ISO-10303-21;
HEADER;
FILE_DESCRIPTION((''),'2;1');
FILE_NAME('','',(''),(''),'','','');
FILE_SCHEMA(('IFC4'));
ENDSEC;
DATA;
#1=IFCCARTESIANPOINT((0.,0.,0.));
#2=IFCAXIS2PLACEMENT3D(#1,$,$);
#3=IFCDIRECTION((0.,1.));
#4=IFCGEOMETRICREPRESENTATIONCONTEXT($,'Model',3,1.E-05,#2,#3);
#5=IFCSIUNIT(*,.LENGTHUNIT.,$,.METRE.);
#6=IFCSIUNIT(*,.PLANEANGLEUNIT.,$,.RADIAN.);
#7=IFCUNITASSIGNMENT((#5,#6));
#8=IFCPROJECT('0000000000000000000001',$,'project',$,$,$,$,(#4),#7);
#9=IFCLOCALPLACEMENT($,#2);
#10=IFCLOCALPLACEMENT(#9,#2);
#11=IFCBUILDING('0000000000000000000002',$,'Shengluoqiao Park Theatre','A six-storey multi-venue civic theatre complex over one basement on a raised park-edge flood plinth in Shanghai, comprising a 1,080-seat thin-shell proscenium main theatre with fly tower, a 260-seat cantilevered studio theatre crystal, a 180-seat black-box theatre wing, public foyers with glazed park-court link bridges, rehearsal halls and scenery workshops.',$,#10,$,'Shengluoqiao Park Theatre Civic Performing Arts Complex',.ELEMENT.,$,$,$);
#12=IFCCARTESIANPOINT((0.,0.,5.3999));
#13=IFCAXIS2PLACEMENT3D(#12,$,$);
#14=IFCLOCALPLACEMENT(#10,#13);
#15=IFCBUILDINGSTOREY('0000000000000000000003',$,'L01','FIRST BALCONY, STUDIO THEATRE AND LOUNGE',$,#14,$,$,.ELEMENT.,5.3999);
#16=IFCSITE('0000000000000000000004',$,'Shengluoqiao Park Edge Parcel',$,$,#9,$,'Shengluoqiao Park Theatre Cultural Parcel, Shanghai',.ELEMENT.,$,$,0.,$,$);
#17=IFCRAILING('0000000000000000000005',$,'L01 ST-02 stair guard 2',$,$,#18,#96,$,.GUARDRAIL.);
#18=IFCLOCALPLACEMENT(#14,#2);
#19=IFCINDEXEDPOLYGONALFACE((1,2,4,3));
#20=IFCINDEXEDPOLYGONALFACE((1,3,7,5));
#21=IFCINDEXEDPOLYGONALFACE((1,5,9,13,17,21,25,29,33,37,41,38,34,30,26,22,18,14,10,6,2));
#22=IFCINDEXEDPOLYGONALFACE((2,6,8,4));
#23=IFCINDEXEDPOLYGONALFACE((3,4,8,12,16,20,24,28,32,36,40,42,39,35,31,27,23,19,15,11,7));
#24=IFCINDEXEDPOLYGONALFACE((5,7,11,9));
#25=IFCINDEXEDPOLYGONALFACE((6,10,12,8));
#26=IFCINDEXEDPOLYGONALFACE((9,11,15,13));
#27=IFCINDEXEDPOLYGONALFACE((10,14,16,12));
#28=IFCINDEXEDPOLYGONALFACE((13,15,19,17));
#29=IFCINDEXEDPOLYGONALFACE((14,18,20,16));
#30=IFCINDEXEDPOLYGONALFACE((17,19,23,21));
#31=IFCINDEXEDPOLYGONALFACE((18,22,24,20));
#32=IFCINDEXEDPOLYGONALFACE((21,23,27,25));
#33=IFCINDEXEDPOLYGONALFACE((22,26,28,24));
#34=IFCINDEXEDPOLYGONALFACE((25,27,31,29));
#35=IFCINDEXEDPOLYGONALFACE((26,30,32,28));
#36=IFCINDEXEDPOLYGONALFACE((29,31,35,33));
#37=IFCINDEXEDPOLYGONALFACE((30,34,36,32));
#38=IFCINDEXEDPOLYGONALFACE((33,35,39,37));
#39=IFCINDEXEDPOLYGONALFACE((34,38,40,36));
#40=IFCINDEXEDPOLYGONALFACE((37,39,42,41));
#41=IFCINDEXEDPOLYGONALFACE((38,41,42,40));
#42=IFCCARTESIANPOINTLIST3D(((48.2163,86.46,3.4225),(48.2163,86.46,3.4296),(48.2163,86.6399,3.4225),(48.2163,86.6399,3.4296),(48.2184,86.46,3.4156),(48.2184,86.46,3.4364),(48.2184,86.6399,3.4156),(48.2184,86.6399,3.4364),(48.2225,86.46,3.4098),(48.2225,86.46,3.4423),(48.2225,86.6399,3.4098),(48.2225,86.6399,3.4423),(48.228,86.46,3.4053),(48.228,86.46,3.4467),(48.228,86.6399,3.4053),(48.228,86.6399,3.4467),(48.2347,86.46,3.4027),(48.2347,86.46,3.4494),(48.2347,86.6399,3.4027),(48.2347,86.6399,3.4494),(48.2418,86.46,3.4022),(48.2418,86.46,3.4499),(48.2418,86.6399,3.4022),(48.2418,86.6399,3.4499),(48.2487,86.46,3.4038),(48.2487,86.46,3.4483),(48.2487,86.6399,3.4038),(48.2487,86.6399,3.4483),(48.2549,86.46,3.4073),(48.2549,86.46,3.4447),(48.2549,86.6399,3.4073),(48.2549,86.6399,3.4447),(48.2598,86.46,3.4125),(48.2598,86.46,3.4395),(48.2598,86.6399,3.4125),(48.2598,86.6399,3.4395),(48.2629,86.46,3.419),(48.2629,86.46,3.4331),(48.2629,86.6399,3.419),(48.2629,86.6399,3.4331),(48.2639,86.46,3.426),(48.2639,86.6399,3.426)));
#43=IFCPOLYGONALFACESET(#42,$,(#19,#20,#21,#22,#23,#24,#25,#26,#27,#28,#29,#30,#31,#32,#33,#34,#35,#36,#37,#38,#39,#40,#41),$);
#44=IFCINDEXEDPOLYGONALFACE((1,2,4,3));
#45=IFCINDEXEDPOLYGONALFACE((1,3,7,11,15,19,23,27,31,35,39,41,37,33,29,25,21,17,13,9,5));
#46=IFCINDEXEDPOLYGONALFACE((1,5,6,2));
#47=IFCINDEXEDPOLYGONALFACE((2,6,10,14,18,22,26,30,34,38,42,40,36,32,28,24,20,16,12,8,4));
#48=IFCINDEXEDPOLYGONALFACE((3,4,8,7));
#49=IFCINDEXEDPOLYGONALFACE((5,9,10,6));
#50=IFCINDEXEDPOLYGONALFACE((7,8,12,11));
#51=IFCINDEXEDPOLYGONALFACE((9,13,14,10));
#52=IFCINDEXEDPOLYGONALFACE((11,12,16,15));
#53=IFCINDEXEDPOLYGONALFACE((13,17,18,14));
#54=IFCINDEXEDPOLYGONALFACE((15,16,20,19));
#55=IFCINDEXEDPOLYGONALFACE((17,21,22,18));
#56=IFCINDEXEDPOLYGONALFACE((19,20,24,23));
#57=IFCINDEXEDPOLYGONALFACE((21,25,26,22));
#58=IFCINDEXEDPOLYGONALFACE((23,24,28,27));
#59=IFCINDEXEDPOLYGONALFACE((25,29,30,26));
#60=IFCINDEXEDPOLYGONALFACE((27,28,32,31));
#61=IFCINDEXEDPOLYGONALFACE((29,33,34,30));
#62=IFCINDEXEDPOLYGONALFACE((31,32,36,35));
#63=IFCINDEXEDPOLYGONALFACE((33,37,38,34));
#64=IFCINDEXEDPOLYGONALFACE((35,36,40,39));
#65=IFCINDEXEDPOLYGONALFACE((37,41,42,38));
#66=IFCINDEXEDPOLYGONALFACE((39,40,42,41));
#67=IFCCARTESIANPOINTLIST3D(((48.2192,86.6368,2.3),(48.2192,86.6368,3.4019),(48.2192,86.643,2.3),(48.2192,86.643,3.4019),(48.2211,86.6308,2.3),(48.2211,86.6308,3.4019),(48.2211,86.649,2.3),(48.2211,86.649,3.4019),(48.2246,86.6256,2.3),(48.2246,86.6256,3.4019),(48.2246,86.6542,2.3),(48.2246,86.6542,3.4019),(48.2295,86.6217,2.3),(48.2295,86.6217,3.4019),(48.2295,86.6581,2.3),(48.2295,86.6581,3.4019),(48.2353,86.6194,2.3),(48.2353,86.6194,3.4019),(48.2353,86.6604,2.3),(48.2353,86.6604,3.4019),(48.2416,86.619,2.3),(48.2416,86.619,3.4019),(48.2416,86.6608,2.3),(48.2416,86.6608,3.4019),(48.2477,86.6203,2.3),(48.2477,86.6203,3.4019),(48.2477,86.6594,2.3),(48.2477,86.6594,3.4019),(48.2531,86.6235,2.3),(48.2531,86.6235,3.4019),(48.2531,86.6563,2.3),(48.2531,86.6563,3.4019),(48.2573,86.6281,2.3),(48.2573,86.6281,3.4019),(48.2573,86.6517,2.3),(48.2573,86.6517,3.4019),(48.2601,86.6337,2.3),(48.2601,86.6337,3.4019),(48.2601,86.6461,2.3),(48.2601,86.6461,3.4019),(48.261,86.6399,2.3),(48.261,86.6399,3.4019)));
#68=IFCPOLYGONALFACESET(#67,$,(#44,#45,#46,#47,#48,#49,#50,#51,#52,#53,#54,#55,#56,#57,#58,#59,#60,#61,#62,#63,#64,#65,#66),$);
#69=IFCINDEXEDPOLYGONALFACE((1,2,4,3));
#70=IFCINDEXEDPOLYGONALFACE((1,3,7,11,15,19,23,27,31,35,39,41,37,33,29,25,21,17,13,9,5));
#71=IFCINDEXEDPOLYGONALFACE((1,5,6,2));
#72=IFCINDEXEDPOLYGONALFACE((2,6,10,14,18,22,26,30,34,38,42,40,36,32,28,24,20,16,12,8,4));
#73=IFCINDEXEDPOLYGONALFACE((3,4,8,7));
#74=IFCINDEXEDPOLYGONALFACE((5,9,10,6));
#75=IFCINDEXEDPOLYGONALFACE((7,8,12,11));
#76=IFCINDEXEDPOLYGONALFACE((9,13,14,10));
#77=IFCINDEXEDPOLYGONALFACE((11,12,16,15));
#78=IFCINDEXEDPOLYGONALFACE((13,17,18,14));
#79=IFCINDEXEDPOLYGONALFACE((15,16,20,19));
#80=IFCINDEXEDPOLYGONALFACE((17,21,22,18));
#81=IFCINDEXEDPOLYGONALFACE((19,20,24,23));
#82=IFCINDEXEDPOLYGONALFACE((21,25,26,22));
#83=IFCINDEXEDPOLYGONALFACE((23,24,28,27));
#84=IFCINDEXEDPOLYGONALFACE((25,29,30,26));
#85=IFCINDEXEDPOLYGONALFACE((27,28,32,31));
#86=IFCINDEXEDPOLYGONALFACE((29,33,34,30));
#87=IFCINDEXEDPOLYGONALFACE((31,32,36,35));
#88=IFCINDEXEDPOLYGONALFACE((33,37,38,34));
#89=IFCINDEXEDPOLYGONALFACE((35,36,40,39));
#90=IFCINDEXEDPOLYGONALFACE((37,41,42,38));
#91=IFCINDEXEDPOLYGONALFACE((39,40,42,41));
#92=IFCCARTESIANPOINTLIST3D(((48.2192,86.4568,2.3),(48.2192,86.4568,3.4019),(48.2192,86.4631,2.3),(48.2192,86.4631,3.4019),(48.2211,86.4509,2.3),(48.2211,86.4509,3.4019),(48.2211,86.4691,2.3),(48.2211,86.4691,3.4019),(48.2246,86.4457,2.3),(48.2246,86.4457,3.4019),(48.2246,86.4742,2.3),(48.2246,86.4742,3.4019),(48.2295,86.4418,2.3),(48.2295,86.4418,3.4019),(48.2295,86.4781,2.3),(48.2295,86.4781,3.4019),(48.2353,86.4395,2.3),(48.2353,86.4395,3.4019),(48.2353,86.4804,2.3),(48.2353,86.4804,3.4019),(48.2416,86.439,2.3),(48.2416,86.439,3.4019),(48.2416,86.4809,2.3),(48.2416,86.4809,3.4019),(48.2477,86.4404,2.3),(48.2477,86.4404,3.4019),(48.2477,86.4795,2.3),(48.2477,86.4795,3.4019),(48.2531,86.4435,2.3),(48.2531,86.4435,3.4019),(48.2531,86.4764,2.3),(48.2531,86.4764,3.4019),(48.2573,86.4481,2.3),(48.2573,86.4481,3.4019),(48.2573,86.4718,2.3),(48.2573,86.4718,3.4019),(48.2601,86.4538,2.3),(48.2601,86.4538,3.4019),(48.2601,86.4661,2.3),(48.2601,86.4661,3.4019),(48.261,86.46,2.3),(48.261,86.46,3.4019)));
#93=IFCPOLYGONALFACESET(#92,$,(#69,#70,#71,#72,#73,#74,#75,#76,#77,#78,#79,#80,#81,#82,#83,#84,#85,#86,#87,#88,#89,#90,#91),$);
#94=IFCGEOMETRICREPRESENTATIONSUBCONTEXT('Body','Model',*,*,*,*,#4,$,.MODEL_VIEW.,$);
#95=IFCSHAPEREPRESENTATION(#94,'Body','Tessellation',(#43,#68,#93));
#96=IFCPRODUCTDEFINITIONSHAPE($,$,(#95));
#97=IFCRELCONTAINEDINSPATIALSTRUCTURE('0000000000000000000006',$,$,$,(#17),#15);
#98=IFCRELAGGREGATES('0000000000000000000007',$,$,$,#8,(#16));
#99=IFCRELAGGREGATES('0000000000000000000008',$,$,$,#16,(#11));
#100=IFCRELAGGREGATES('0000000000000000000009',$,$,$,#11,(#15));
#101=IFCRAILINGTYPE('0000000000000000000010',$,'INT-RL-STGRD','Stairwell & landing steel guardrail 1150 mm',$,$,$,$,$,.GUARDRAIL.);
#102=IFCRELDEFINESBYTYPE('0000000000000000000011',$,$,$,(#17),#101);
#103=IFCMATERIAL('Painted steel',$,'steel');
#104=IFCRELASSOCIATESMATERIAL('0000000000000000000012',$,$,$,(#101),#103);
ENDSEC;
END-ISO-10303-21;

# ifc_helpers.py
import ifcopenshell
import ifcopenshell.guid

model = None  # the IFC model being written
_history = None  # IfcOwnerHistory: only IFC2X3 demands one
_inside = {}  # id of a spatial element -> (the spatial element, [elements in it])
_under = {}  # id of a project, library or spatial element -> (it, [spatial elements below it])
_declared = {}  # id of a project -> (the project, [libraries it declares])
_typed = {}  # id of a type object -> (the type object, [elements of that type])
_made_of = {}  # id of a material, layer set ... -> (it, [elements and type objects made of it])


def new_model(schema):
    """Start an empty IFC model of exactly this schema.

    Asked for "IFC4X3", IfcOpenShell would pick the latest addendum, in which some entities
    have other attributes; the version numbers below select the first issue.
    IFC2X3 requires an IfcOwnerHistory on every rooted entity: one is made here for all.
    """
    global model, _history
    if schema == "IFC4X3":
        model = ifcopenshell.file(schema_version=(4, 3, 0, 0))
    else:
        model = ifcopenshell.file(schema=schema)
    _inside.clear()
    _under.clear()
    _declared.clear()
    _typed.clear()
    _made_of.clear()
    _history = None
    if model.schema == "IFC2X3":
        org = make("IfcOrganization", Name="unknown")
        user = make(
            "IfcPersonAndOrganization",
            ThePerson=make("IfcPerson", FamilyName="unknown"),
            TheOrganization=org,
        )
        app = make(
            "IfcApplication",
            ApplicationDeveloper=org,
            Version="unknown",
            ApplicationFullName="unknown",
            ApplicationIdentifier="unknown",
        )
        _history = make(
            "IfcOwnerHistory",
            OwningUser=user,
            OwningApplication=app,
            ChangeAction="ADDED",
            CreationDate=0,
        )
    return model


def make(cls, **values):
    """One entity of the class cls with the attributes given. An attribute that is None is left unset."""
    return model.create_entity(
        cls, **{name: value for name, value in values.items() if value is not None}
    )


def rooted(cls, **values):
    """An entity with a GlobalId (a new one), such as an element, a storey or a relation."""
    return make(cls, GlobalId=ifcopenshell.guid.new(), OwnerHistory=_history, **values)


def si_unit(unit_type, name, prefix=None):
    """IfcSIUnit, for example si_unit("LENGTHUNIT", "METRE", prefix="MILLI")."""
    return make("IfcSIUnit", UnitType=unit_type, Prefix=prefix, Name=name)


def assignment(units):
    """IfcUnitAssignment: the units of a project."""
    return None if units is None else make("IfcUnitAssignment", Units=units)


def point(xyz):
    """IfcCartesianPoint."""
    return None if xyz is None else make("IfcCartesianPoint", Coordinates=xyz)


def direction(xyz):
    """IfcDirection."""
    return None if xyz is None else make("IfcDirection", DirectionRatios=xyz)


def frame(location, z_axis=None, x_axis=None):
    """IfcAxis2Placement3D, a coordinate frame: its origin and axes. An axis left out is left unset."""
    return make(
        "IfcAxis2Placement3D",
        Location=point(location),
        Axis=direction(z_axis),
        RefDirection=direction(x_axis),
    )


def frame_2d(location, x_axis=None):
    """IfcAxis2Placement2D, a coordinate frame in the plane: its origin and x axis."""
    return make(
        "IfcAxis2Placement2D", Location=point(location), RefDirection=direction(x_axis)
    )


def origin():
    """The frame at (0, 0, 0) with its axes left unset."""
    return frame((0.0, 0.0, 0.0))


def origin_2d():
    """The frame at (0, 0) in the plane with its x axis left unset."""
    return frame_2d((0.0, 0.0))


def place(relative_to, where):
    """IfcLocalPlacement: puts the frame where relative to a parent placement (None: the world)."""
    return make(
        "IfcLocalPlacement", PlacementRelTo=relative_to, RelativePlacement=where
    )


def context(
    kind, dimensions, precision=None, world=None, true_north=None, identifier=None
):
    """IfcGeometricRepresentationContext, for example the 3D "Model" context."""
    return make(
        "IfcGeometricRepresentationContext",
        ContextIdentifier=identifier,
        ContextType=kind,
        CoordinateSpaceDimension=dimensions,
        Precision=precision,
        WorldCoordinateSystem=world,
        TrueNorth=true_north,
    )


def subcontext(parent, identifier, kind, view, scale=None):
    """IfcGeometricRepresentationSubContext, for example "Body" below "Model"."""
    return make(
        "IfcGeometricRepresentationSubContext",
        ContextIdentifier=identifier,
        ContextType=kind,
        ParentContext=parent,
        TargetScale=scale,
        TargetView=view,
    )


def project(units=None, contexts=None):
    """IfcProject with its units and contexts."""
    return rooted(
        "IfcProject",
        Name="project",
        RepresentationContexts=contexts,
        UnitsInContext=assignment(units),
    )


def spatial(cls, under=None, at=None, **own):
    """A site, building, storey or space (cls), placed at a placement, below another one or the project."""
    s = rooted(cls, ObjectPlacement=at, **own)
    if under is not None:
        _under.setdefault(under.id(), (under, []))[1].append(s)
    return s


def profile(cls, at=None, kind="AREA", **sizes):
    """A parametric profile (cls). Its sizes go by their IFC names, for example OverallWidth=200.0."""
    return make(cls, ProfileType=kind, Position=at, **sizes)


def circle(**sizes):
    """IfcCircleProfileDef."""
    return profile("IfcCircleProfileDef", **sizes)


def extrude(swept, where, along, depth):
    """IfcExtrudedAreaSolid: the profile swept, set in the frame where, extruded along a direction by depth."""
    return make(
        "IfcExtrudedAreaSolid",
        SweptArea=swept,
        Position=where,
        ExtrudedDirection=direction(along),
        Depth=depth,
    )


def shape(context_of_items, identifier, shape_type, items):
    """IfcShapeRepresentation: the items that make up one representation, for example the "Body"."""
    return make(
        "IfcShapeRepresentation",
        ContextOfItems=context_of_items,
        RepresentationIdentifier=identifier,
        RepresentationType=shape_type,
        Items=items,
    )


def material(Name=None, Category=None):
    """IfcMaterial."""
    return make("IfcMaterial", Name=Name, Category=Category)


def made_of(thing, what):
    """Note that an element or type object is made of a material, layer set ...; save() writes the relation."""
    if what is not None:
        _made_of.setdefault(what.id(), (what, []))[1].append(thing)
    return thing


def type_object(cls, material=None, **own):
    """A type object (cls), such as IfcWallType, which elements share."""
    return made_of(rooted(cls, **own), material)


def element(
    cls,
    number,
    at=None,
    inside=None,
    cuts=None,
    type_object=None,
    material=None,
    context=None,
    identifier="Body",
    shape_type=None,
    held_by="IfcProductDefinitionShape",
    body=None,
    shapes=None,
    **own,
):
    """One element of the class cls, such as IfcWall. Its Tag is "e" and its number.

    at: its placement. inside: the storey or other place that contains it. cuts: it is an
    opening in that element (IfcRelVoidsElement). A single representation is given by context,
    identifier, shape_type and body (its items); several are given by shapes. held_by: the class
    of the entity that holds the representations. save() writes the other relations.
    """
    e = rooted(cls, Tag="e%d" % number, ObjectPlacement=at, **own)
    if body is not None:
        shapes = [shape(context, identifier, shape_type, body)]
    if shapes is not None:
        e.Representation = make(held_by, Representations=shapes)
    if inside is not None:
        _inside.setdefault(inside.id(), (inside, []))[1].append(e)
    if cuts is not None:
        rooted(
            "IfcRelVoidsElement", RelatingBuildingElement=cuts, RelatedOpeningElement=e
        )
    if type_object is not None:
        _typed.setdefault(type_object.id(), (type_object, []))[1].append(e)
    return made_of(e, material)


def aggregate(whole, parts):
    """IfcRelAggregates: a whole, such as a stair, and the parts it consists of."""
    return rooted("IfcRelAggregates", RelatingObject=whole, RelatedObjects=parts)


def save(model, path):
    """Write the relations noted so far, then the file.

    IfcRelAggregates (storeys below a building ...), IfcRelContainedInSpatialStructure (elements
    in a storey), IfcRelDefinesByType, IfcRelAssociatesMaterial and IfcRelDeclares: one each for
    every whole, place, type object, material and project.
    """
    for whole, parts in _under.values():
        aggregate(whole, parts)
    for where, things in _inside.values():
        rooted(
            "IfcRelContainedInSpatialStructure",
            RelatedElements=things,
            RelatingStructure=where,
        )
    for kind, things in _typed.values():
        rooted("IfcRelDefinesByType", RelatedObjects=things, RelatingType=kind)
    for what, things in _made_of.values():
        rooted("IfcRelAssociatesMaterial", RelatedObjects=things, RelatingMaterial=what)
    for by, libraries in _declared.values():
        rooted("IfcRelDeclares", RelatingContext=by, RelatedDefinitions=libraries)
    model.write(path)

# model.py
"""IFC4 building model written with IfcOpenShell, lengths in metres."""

from ifc_helpers import new_model, si_unit, direction, frame, origin, origin_2d, place, context, subcontext, project, spatial, circle, extrude, material, type_object, element, save


model = new_model("IFC4")

# Units and contexts
model_context = context("Model", 3, precision=1e-05, world=origin(), true_north=direction((0.0, 1.0)))
body_context = subcontext(model_context, "Body", "Model", "MODEL_VIEW")
ifc_project = project(units=[si_unit("LENGTHUNIT", "METRE"), si_unit("PLANEANGLEUNIT", "RADIAN")], contexts=[model_context])

# Site, building, storey
site_placement = place(None, origin())
site = spatial("IfcSite", under=ifc_project, at=site_placement, Name="Shengluoqiao Park Edge Parcel", LongName="Shengluoqiao Park Theatre Cultural Parcel, Shanghai", CompositionType="ELEMENT", RefElevation=0.0)
building_placement = place(site_placement, origin())
building = spatial("IfcBuilding", under=site, at=building_placement, Name="Shengluoqiao Park Theatre", Description="A six-storey multi-venue civic theatre complex over one basement on a raised park-edge flood plinth in Shanghai, comprising a 1,080-seat thin-shell proscenium main theatre with fly tower, a 260-seat cantilevered studio theatre crystal, a 180-seat black-box theatre wing, public foyers with glazed park-court link bridges, rehearsal halls and scenery workshops.", LongName="Shengluoqiao Park Theatre Civic Performing Arts Complex", CompositionType="ELEMENT")
storey_placement = place(building_placement, frame((0.0, 0.0, 5.3999)))
storey = spatial("IfcBuildingStorey", under=building, at=storey_placement, Name="L01", Description="FIRST BALCONY, STUDIO THEATRE AND LOUNGE", CompositionType="ELEMENT", Elevation=5.3999)

# Railing
ifc_material_1 = material(Name="Painted steel", Category="steel")
railing_type_1 = type_object("IfcRailingType", Name="INT-RL-STGRD", Description="Stairwell & landing steel guardrail 1150 mm", PredefinedType="GUARDRAIL", material=ifc_material_1)
railing_1_placement = place(storey_placement, frame((48.24, 86.6399, 2.3)))
element("IfcRailing", 1, at=railing_1_placement, inside=storey, type_object=railing_type_1, Name="L01 ST-02 stair guard 2", PredefinedType="GUARDRAIL", context=body_context, shape_type="SweptSolid", body=[
    extrude(circle(Radius=0.0239, at=origin_2d()), frame((0.0, 0.0, 1.126), z_axis=(0.0, -1.0, 0.0), x_axis=(1.0, 0.0, 0.0)), (0.0, 0.0, 1.0), 0.1799),
    extrude(circle(Radius=0.021, at=origin_2d()), origin(), (0.0, 0.0, 1.0), 1.1018),
    extrude(circle(Radius=0.021, at=origin_2d()), frame((0.0, -0.1799, 0.0)), (0.0, 0.0, 1.0), 1.1018),
])

save(model, "model.ifc")
